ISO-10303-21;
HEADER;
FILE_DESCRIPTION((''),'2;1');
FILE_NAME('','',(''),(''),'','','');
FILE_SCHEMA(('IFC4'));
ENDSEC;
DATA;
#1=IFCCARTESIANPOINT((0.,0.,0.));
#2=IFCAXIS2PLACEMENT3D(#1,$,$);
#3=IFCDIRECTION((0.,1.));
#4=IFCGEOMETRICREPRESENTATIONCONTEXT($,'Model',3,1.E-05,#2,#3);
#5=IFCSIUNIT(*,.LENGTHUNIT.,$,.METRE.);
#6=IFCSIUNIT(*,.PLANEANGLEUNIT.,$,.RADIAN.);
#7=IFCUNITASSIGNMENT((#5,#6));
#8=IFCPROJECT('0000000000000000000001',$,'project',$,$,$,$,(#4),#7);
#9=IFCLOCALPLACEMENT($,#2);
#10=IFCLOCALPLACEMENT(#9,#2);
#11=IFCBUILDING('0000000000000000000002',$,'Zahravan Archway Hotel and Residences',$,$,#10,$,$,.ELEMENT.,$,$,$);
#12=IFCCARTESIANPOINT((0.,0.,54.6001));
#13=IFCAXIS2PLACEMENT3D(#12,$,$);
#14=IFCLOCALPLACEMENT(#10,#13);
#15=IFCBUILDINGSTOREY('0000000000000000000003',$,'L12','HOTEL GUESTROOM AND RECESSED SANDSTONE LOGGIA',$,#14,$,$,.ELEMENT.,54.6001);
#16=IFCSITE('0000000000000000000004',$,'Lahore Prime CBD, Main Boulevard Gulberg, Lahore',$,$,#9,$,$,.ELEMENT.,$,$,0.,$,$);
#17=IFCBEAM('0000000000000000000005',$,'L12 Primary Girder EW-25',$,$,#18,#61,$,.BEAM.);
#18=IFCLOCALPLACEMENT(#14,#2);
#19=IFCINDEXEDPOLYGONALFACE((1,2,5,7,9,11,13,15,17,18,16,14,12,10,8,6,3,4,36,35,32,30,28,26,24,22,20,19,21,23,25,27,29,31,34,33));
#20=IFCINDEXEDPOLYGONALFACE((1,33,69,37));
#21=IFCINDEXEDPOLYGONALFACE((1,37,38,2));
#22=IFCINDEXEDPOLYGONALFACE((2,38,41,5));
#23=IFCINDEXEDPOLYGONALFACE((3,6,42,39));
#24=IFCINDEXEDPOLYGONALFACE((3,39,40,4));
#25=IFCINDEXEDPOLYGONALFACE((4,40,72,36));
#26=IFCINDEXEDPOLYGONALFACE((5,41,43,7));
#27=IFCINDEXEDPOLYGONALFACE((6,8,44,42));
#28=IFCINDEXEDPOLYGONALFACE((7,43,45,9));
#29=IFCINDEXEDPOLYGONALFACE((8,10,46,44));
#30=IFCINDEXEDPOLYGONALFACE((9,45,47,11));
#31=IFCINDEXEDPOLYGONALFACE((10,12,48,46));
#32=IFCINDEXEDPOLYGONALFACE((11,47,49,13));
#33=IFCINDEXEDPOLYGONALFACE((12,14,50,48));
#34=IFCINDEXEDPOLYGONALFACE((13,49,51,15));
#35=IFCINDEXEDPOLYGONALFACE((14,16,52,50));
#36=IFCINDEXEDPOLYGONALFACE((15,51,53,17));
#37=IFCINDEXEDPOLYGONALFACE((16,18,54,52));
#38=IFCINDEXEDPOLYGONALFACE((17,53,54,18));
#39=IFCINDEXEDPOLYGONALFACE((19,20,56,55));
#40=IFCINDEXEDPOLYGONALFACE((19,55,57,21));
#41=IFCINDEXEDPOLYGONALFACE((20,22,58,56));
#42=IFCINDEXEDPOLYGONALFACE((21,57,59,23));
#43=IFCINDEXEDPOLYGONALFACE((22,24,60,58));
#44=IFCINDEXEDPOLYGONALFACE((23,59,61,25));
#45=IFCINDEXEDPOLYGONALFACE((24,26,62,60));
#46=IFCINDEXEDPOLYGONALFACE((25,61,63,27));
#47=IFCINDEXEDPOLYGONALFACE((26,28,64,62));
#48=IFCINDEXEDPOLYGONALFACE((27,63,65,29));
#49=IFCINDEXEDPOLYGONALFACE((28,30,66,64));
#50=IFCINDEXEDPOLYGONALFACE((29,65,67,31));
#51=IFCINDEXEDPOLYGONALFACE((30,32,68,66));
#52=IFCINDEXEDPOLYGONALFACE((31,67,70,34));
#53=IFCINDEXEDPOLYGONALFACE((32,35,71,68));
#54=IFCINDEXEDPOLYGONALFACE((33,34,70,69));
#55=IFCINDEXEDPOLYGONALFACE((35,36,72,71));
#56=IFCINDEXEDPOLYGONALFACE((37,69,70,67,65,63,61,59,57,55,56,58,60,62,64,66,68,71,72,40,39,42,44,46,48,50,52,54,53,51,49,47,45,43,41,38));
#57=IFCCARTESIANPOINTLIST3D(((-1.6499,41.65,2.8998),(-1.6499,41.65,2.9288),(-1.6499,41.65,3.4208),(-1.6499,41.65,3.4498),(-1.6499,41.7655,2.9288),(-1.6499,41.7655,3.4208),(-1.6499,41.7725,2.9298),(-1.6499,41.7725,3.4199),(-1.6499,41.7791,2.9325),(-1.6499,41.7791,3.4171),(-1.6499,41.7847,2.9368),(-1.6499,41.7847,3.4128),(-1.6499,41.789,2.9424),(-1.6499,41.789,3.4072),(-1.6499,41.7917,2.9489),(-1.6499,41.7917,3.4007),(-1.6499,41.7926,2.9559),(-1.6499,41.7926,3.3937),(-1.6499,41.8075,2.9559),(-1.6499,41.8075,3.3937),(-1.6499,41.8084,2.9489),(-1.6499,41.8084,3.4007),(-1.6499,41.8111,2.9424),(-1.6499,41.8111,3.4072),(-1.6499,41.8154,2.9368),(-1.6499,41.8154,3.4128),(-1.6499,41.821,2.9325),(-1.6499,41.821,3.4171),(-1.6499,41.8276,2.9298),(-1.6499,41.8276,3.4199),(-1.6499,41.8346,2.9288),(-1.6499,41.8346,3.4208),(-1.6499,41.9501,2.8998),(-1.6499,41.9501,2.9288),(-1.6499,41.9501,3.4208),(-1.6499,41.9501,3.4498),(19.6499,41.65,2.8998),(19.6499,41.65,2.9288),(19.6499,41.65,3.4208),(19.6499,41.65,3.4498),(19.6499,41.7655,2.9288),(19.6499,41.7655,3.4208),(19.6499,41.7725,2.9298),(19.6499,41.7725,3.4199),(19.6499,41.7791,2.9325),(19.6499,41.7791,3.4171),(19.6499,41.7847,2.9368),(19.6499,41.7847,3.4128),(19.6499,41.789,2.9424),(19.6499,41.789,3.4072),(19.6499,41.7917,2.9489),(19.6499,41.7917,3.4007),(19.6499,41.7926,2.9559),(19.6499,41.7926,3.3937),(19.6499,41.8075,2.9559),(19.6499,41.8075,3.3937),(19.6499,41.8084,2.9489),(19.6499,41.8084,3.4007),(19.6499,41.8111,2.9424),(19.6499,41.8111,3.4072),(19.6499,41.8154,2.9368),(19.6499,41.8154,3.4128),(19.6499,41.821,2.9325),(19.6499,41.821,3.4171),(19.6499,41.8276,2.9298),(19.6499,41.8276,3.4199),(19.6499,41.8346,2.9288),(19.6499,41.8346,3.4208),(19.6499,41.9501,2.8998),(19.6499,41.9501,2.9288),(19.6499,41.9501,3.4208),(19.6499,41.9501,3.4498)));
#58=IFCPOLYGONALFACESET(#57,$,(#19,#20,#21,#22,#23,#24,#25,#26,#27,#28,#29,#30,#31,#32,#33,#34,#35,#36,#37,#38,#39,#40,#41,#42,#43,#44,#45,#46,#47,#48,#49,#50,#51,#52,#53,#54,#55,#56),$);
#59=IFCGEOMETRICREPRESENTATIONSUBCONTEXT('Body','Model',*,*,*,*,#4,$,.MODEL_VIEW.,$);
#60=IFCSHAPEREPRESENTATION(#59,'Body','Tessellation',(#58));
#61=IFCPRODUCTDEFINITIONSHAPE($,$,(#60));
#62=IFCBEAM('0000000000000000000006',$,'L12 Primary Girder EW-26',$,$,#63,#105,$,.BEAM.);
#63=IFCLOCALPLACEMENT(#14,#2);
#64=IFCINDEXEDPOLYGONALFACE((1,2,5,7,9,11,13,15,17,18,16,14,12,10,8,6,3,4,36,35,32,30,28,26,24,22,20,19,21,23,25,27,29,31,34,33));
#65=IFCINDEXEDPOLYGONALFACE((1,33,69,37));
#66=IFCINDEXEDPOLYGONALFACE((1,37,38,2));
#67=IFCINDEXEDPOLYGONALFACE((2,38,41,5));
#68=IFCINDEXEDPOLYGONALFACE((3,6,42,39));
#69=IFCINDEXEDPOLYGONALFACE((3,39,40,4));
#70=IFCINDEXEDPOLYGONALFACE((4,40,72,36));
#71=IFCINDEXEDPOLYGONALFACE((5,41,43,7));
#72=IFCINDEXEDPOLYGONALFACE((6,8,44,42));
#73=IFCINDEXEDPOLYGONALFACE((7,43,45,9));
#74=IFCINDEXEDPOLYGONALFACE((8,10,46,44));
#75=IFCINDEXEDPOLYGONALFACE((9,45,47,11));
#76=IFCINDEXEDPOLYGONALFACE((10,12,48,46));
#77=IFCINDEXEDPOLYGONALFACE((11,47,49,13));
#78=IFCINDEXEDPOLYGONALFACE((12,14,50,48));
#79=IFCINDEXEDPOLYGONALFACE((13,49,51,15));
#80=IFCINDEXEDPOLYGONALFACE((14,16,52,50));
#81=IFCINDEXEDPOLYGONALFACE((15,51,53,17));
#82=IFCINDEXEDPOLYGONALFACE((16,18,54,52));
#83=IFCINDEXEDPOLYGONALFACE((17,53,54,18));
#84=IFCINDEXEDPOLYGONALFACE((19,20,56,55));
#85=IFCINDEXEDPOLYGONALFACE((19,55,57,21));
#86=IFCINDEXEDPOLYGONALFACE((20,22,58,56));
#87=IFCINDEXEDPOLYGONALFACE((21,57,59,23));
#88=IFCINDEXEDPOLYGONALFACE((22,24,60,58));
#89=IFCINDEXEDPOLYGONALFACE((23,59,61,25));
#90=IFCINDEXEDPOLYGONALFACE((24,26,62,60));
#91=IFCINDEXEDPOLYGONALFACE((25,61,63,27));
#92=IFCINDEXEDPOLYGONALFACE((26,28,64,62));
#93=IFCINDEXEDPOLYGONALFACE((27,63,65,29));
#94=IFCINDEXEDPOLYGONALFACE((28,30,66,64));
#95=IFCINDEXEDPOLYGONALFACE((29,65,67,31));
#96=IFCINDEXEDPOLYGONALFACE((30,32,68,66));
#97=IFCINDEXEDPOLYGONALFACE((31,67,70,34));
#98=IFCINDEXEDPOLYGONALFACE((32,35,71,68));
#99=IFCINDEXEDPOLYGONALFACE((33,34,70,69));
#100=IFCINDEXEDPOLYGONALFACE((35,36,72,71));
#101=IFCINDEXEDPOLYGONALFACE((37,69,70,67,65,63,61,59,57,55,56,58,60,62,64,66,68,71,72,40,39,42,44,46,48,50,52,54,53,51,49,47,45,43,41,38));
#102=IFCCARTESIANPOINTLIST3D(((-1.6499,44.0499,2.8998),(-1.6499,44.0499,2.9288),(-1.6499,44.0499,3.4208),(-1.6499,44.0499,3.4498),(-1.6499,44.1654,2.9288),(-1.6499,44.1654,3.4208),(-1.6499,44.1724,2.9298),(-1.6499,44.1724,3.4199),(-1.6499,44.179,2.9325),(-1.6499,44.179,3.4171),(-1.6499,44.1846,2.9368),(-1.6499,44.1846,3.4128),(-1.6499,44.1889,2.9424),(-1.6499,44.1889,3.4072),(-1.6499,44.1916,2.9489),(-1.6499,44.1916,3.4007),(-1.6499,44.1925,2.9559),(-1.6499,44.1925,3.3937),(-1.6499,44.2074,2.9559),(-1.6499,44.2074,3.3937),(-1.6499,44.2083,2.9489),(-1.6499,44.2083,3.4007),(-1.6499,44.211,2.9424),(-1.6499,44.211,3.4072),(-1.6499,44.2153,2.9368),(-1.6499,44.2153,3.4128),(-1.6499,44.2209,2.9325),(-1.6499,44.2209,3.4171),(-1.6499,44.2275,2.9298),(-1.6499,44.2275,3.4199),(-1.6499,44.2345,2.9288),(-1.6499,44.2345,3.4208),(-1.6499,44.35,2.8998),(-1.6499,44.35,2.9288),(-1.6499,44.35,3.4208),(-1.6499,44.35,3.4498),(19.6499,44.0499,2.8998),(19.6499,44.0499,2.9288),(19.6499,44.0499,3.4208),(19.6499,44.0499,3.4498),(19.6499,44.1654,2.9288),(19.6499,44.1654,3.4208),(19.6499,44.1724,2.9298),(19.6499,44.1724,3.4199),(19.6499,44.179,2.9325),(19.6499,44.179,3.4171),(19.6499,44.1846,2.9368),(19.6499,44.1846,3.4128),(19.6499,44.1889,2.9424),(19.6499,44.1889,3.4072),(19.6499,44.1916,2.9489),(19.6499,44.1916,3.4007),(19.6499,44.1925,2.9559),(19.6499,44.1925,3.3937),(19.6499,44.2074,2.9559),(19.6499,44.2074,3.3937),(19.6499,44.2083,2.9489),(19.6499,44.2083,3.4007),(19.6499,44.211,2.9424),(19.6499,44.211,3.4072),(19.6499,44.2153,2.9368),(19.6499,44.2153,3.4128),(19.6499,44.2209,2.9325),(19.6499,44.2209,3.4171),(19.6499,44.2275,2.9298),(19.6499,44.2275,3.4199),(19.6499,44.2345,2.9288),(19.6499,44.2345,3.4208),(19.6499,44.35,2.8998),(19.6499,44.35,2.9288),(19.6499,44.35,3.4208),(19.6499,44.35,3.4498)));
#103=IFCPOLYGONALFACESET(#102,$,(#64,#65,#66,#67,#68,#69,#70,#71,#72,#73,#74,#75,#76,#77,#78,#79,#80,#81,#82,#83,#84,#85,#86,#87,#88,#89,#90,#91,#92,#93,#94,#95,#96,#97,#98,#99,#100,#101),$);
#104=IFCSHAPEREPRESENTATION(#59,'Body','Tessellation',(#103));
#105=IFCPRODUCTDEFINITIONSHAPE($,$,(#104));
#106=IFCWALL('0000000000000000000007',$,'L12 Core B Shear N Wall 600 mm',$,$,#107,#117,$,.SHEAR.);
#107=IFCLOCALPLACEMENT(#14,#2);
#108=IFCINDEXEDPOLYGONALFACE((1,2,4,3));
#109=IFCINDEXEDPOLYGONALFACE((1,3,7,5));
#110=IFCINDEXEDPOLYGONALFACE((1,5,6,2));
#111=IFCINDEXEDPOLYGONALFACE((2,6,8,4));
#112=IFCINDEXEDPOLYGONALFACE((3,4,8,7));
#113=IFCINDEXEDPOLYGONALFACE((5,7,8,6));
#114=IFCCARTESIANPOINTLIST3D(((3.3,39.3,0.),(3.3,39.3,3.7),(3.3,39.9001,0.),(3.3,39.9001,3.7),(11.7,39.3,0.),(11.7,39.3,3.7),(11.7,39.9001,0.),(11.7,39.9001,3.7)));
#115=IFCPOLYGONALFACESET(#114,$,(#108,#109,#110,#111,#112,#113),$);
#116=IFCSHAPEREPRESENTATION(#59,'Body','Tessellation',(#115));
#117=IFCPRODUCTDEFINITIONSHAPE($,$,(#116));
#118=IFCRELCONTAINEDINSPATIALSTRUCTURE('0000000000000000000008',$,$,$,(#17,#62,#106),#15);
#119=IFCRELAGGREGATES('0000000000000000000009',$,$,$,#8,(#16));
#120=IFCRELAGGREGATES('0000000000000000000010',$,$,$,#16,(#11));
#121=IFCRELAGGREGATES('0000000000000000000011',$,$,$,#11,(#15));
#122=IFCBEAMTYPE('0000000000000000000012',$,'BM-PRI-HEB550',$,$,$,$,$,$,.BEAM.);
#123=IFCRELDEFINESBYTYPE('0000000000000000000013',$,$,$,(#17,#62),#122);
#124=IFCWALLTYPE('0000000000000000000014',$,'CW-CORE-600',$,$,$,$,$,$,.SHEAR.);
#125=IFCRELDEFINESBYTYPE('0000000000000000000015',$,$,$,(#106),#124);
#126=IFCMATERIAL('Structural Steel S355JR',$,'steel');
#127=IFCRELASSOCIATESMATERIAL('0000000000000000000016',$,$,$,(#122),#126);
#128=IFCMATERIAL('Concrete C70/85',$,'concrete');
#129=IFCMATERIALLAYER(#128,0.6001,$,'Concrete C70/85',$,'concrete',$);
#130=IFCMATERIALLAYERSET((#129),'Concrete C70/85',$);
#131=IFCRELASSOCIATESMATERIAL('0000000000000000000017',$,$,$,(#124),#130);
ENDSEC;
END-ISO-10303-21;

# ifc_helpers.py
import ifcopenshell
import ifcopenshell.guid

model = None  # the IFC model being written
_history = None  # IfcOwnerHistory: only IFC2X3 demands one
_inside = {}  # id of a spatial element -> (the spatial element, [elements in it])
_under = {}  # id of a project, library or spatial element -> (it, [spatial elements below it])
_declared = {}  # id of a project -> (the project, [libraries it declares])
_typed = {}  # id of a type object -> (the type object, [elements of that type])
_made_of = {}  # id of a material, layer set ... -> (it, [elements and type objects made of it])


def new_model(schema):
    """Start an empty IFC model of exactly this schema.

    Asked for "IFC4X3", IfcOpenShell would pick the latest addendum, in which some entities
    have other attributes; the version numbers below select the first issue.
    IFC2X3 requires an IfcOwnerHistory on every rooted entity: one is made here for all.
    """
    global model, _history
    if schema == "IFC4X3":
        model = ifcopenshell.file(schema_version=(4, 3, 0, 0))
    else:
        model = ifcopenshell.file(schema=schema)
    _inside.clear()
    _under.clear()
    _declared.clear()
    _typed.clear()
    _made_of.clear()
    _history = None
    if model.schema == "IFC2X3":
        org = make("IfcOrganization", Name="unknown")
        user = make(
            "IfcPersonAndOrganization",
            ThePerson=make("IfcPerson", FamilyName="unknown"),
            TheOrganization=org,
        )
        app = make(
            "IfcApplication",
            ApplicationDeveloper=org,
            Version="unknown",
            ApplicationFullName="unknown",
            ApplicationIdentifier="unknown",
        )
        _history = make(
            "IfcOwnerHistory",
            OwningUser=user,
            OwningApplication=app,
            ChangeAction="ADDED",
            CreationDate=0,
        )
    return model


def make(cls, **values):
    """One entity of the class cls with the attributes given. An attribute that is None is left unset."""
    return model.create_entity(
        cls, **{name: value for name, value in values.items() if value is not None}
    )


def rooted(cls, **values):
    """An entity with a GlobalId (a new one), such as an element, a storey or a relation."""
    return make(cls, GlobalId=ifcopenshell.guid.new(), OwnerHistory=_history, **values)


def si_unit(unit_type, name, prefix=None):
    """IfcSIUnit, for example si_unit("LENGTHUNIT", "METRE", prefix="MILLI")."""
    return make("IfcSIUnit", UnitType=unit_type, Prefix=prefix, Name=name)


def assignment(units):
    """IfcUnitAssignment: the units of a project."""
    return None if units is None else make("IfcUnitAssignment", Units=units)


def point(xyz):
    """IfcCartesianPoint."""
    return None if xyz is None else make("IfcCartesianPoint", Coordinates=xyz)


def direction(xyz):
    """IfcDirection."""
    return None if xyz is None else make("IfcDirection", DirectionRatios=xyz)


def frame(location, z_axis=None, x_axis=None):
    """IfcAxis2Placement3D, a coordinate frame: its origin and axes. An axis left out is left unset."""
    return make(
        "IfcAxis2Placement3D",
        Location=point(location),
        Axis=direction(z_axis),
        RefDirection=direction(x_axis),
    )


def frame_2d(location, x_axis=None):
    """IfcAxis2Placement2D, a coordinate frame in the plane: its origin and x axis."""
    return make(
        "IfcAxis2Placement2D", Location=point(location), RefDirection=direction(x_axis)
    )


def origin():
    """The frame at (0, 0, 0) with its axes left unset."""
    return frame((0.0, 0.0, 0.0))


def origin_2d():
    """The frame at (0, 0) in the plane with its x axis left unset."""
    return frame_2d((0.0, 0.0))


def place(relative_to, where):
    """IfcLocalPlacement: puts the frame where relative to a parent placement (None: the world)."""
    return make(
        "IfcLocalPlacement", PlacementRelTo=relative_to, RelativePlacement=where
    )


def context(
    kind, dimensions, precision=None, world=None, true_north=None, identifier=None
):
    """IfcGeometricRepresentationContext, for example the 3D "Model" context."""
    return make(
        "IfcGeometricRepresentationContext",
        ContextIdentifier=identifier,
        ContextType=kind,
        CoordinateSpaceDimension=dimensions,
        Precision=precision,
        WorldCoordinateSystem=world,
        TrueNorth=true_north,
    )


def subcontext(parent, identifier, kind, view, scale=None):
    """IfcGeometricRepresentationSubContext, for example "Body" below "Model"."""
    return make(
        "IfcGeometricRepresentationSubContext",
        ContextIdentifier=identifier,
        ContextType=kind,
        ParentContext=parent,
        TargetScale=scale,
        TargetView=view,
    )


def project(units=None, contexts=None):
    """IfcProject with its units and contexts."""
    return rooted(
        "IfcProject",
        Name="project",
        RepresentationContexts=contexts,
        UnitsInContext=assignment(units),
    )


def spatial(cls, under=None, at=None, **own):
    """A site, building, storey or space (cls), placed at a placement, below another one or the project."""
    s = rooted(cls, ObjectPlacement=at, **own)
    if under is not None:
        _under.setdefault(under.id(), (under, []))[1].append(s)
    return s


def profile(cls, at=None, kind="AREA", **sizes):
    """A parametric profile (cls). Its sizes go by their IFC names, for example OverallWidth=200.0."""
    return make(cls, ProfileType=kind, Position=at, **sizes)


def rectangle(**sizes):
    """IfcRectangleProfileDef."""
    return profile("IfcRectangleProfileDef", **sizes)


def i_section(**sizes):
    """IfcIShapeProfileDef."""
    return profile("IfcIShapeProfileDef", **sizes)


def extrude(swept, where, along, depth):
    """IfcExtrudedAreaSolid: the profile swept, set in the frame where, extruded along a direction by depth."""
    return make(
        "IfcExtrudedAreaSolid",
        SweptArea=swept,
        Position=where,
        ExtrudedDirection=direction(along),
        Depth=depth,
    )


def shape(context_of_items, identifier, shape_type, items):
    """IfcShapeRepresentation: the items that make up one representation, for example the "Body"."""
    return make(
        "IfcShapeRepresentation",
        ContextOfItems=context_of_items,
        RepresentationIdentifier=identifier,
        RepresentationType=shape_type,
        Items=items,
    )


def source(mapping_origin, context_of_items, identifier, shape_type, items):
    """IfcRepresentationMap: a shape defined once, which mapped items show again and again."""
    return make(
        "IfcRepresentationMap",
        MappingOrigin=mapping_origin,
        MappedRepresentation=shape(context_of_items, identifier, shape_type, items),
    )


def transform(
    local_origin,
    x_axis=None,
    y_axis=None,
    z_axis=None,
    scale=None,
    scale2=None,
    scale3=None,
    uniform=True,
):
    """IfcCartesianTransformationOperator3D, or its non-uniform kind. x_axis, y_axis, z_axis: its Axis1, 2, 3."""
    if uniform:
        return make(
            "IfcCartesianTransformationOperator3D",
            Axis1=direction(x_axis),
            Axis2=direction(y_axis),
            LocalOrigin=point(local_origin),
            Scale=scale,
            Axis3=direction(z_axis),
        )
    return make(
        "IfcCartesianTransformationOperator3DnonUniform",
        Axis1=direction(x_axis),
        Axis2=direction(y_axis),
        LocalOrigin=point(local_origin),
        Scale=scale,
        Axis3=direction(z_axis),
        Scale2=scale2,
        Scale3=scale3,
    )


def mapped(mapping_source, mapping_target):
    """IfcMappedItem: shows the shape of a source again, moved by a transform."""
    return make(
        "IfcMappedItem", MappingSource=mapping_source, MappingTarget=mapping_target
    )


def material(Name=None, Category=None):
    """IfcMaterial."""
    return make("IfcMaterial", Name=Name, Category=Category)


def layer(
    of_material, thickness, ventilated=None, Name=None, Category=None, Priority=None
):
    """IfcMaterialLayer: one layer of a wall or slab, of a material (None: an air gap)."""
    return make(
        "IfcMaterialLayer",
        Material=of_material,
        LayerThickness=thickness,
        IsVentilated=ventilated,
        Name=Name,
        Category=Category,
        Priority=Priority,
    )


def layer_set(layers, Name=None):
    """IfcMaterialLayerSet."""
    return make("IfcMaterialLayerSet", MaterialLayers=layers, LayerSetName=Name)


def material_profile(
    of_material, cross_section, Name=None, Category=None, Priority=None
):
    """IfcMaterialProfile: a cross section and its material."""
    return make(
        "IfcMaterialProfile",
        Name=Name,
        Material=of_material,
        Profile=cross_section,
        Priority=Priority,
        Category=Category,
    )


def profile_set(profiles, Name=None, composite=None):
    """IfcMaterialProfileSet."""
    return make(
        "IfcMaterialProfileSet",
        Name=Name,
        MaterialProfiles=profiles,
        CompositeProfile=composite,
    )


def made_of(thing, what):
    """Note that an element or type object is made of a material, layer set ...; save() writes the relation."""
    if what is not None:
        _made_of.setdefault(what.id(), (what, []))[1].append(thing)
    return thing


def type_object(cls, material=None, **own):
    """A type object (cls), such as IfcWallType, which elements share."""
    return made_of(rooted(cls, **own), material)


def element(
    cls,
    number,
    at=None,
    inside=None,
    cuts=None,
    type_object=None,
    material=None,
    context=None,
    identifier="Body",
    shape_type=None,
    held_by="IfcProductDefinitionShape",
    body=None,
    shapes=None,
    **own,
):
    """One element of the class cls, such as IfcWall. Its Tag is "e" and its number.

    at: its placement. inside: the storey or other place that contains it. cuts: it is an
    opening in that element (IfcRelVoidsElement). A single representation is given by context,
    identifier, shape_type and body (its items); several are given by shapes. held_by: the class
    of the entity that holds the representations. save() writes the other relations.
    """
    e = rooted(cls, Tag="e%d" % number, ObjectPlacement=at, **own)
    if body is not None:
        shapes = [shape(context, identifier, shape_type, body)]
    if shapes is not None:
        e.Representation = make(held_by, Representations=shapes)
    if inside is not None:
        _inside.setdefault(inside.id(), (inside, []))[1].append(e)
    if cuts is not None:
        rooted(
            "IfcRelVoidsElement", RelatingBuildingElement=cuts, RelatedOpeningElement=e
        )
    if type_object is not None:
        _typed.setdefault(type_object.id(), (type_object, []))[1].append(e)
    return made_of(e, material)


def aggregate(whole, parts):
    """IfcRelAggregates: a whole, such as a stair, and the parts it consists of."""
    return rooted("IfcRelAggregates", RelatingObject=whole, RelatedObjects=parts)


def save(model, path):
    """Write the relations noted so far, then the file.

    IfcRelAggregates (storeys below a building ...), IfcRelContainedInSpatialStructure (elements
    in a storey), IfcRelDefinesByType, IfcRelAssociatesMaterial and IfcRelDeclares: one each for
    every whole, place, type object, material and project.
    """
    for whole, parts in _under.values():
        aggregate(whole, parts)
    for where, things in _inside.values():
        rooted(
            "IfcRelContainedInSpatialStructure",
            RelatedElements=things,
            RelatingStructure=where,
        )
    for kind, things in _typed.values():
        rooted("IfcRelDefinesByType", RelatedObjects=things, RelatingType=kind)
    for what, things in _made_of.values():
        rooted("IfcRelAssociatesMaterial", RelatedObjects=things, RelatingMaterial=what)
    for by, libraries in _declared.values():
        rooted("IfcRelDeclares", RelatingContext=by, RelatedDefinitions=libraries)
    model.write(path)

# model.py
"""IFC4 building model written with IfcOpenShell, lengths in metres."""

from ifc_helpers import new_model, si_unit, direction, frame, frame_2d, origin, origin_2d, place, context, subcontext, project, spatial, rectangle, i_section, extrude, source, transform, mapped, material, layer, layer_set, material_profile, profile_set, type_object, element, save


model = new_model("IFC4")

# Units and contexts
model_context = context("Model", 3, precision=1e-05, world=origin(), true_north=direction((0.0, 1.0)))
body_context = subcontext(model_context, "Body", "Model", "MODEL_VIEW")
ifc_project = project(units=[si_unit("LENGTHUNIT", "METRE"), si_unit("PLANEANGLEUNIT", "RADIAN")], contexts=[model_context])

# Site, building, storey
site_placement = place(None, origin())
site = spatial("IfcSite", under=ifc_project, at=site_placement, Name="Lahore Prime CBD, Main Boulevard Gulberg, Lahore", CompositionType="ELEMENT", RefElevation=0.0)
building_placement = place(site_placement, origin())
building = spatial("IfcBuilding", under=site, at=building_placement, Name="Zahravan Archway Hotel and Residences", CompositionType="ELEMENT")
storey_placement = place(building_placement, frame((0.0, 0.0, 54.6001)))
storey = spatial("IfcBuildingStorey", under=building, at=storey_placement, Name="L12", Description="HOTEL GUESTROOM AND RECESSED SANDSTONE LOGGIA", CompositionType="ELEMENT", Elevation=54.6001)

# Shared definitions
ifc_material_1 = material(Name="Concrete C70/85", Category="concrete")

# Beams
ifc_material_2 = material(Name="Structural Steel S355JR", Category="steel")
ifc_material_profile_1 = material_profile(ifc_material_2, i_section(OverallWidth=0.3, OverallDepth=0.55, WebThickness=0.0149, FlangeThickness=0.0291, FilletRadius=0.0271, at=origin_2d()), Name="HEB 550", Category="steel")
ifc_profile_set_1 = profile_set([ifc_material_profile_1], Name="Structural Steel S355JR")
beam_type_1 = type_object("IfcBeamType", Name="BM-PRI-HEB550", PredefinedType="BEAM", material=ifc_profile_set_1)
shared_shape_1 = source(origin(), body_context, "Body", "SweptSolid", [
    extrude(i_section(OverallWidth=0.3, OverallDepth=0.55, WebThickness=0.0149, FlangeThickness=0.0291, FilletRadius=0.0271, at=origin_2d()), origin(), (0.0, 0.0, 1.0), 21.2998),
])
for number, where, z_axis, x_axis, name in (
    (1, (-1.6499, 41.8, 3.1748), (1.0, 0.0, 0.0), (0.0, 1.0, 0.0), "L12 Primary Girder EW-25"),
    (2, (-1.6499, 44.2, 3.1748), (1.0, 0.0, 0.0), (0.0, 1.0, 0.0), "L12 Primary Girder EW-26"),
):
    element("IfcBeam", number, at=place(storey_placement, frame(where, z_axis=z_axis, x_axis=x_axis)), inside=storey, type_object=beam_type_1, Name=name, PredefinedType="BEAM", context=body_context, shape_type="MappedRepresentation", body=[
        mapped(shared_shape_1, transform((0.0, 0.0, 0.0), scale=1.0)),
    ])

# Wall
ifc_layer_1 = layer(ifc_material_1, 0.6001, Name="Concrete C70/85", Category="concrete")
ifc_layer_set_1 = layer_set([ifc_layer_1], Name="Concrete C70/85")
wall_type_1 = type_object("IfcWallType", Name="CW-CORE-600", PredefinedType="SHEAR", material=ifc_layer_set_1)
wall_1_placement = place(storey_placement, frame((3.3, 39.6001, 0.0), z_axis=(0.0, 0.0, 1.0), x_axis=(1.0, 0.0, 0.0)))
element("IfcWall", 3, at=wall_1_placement, inside=storey, type_object=wall_type_1, Name="L12 Core B Shear N Wall 600 mm", PredefinedType="SHEAR", context=body_context, shape_type="SweptSolid", body=[
    extrude(rectangle(XDim=8.3999, YDim=0.6001, at=frame_2d((4.2, 0.0))), origin(), (0.0, 0.0, 1.0), 3.7),
])

save(model, "model.ifc")
